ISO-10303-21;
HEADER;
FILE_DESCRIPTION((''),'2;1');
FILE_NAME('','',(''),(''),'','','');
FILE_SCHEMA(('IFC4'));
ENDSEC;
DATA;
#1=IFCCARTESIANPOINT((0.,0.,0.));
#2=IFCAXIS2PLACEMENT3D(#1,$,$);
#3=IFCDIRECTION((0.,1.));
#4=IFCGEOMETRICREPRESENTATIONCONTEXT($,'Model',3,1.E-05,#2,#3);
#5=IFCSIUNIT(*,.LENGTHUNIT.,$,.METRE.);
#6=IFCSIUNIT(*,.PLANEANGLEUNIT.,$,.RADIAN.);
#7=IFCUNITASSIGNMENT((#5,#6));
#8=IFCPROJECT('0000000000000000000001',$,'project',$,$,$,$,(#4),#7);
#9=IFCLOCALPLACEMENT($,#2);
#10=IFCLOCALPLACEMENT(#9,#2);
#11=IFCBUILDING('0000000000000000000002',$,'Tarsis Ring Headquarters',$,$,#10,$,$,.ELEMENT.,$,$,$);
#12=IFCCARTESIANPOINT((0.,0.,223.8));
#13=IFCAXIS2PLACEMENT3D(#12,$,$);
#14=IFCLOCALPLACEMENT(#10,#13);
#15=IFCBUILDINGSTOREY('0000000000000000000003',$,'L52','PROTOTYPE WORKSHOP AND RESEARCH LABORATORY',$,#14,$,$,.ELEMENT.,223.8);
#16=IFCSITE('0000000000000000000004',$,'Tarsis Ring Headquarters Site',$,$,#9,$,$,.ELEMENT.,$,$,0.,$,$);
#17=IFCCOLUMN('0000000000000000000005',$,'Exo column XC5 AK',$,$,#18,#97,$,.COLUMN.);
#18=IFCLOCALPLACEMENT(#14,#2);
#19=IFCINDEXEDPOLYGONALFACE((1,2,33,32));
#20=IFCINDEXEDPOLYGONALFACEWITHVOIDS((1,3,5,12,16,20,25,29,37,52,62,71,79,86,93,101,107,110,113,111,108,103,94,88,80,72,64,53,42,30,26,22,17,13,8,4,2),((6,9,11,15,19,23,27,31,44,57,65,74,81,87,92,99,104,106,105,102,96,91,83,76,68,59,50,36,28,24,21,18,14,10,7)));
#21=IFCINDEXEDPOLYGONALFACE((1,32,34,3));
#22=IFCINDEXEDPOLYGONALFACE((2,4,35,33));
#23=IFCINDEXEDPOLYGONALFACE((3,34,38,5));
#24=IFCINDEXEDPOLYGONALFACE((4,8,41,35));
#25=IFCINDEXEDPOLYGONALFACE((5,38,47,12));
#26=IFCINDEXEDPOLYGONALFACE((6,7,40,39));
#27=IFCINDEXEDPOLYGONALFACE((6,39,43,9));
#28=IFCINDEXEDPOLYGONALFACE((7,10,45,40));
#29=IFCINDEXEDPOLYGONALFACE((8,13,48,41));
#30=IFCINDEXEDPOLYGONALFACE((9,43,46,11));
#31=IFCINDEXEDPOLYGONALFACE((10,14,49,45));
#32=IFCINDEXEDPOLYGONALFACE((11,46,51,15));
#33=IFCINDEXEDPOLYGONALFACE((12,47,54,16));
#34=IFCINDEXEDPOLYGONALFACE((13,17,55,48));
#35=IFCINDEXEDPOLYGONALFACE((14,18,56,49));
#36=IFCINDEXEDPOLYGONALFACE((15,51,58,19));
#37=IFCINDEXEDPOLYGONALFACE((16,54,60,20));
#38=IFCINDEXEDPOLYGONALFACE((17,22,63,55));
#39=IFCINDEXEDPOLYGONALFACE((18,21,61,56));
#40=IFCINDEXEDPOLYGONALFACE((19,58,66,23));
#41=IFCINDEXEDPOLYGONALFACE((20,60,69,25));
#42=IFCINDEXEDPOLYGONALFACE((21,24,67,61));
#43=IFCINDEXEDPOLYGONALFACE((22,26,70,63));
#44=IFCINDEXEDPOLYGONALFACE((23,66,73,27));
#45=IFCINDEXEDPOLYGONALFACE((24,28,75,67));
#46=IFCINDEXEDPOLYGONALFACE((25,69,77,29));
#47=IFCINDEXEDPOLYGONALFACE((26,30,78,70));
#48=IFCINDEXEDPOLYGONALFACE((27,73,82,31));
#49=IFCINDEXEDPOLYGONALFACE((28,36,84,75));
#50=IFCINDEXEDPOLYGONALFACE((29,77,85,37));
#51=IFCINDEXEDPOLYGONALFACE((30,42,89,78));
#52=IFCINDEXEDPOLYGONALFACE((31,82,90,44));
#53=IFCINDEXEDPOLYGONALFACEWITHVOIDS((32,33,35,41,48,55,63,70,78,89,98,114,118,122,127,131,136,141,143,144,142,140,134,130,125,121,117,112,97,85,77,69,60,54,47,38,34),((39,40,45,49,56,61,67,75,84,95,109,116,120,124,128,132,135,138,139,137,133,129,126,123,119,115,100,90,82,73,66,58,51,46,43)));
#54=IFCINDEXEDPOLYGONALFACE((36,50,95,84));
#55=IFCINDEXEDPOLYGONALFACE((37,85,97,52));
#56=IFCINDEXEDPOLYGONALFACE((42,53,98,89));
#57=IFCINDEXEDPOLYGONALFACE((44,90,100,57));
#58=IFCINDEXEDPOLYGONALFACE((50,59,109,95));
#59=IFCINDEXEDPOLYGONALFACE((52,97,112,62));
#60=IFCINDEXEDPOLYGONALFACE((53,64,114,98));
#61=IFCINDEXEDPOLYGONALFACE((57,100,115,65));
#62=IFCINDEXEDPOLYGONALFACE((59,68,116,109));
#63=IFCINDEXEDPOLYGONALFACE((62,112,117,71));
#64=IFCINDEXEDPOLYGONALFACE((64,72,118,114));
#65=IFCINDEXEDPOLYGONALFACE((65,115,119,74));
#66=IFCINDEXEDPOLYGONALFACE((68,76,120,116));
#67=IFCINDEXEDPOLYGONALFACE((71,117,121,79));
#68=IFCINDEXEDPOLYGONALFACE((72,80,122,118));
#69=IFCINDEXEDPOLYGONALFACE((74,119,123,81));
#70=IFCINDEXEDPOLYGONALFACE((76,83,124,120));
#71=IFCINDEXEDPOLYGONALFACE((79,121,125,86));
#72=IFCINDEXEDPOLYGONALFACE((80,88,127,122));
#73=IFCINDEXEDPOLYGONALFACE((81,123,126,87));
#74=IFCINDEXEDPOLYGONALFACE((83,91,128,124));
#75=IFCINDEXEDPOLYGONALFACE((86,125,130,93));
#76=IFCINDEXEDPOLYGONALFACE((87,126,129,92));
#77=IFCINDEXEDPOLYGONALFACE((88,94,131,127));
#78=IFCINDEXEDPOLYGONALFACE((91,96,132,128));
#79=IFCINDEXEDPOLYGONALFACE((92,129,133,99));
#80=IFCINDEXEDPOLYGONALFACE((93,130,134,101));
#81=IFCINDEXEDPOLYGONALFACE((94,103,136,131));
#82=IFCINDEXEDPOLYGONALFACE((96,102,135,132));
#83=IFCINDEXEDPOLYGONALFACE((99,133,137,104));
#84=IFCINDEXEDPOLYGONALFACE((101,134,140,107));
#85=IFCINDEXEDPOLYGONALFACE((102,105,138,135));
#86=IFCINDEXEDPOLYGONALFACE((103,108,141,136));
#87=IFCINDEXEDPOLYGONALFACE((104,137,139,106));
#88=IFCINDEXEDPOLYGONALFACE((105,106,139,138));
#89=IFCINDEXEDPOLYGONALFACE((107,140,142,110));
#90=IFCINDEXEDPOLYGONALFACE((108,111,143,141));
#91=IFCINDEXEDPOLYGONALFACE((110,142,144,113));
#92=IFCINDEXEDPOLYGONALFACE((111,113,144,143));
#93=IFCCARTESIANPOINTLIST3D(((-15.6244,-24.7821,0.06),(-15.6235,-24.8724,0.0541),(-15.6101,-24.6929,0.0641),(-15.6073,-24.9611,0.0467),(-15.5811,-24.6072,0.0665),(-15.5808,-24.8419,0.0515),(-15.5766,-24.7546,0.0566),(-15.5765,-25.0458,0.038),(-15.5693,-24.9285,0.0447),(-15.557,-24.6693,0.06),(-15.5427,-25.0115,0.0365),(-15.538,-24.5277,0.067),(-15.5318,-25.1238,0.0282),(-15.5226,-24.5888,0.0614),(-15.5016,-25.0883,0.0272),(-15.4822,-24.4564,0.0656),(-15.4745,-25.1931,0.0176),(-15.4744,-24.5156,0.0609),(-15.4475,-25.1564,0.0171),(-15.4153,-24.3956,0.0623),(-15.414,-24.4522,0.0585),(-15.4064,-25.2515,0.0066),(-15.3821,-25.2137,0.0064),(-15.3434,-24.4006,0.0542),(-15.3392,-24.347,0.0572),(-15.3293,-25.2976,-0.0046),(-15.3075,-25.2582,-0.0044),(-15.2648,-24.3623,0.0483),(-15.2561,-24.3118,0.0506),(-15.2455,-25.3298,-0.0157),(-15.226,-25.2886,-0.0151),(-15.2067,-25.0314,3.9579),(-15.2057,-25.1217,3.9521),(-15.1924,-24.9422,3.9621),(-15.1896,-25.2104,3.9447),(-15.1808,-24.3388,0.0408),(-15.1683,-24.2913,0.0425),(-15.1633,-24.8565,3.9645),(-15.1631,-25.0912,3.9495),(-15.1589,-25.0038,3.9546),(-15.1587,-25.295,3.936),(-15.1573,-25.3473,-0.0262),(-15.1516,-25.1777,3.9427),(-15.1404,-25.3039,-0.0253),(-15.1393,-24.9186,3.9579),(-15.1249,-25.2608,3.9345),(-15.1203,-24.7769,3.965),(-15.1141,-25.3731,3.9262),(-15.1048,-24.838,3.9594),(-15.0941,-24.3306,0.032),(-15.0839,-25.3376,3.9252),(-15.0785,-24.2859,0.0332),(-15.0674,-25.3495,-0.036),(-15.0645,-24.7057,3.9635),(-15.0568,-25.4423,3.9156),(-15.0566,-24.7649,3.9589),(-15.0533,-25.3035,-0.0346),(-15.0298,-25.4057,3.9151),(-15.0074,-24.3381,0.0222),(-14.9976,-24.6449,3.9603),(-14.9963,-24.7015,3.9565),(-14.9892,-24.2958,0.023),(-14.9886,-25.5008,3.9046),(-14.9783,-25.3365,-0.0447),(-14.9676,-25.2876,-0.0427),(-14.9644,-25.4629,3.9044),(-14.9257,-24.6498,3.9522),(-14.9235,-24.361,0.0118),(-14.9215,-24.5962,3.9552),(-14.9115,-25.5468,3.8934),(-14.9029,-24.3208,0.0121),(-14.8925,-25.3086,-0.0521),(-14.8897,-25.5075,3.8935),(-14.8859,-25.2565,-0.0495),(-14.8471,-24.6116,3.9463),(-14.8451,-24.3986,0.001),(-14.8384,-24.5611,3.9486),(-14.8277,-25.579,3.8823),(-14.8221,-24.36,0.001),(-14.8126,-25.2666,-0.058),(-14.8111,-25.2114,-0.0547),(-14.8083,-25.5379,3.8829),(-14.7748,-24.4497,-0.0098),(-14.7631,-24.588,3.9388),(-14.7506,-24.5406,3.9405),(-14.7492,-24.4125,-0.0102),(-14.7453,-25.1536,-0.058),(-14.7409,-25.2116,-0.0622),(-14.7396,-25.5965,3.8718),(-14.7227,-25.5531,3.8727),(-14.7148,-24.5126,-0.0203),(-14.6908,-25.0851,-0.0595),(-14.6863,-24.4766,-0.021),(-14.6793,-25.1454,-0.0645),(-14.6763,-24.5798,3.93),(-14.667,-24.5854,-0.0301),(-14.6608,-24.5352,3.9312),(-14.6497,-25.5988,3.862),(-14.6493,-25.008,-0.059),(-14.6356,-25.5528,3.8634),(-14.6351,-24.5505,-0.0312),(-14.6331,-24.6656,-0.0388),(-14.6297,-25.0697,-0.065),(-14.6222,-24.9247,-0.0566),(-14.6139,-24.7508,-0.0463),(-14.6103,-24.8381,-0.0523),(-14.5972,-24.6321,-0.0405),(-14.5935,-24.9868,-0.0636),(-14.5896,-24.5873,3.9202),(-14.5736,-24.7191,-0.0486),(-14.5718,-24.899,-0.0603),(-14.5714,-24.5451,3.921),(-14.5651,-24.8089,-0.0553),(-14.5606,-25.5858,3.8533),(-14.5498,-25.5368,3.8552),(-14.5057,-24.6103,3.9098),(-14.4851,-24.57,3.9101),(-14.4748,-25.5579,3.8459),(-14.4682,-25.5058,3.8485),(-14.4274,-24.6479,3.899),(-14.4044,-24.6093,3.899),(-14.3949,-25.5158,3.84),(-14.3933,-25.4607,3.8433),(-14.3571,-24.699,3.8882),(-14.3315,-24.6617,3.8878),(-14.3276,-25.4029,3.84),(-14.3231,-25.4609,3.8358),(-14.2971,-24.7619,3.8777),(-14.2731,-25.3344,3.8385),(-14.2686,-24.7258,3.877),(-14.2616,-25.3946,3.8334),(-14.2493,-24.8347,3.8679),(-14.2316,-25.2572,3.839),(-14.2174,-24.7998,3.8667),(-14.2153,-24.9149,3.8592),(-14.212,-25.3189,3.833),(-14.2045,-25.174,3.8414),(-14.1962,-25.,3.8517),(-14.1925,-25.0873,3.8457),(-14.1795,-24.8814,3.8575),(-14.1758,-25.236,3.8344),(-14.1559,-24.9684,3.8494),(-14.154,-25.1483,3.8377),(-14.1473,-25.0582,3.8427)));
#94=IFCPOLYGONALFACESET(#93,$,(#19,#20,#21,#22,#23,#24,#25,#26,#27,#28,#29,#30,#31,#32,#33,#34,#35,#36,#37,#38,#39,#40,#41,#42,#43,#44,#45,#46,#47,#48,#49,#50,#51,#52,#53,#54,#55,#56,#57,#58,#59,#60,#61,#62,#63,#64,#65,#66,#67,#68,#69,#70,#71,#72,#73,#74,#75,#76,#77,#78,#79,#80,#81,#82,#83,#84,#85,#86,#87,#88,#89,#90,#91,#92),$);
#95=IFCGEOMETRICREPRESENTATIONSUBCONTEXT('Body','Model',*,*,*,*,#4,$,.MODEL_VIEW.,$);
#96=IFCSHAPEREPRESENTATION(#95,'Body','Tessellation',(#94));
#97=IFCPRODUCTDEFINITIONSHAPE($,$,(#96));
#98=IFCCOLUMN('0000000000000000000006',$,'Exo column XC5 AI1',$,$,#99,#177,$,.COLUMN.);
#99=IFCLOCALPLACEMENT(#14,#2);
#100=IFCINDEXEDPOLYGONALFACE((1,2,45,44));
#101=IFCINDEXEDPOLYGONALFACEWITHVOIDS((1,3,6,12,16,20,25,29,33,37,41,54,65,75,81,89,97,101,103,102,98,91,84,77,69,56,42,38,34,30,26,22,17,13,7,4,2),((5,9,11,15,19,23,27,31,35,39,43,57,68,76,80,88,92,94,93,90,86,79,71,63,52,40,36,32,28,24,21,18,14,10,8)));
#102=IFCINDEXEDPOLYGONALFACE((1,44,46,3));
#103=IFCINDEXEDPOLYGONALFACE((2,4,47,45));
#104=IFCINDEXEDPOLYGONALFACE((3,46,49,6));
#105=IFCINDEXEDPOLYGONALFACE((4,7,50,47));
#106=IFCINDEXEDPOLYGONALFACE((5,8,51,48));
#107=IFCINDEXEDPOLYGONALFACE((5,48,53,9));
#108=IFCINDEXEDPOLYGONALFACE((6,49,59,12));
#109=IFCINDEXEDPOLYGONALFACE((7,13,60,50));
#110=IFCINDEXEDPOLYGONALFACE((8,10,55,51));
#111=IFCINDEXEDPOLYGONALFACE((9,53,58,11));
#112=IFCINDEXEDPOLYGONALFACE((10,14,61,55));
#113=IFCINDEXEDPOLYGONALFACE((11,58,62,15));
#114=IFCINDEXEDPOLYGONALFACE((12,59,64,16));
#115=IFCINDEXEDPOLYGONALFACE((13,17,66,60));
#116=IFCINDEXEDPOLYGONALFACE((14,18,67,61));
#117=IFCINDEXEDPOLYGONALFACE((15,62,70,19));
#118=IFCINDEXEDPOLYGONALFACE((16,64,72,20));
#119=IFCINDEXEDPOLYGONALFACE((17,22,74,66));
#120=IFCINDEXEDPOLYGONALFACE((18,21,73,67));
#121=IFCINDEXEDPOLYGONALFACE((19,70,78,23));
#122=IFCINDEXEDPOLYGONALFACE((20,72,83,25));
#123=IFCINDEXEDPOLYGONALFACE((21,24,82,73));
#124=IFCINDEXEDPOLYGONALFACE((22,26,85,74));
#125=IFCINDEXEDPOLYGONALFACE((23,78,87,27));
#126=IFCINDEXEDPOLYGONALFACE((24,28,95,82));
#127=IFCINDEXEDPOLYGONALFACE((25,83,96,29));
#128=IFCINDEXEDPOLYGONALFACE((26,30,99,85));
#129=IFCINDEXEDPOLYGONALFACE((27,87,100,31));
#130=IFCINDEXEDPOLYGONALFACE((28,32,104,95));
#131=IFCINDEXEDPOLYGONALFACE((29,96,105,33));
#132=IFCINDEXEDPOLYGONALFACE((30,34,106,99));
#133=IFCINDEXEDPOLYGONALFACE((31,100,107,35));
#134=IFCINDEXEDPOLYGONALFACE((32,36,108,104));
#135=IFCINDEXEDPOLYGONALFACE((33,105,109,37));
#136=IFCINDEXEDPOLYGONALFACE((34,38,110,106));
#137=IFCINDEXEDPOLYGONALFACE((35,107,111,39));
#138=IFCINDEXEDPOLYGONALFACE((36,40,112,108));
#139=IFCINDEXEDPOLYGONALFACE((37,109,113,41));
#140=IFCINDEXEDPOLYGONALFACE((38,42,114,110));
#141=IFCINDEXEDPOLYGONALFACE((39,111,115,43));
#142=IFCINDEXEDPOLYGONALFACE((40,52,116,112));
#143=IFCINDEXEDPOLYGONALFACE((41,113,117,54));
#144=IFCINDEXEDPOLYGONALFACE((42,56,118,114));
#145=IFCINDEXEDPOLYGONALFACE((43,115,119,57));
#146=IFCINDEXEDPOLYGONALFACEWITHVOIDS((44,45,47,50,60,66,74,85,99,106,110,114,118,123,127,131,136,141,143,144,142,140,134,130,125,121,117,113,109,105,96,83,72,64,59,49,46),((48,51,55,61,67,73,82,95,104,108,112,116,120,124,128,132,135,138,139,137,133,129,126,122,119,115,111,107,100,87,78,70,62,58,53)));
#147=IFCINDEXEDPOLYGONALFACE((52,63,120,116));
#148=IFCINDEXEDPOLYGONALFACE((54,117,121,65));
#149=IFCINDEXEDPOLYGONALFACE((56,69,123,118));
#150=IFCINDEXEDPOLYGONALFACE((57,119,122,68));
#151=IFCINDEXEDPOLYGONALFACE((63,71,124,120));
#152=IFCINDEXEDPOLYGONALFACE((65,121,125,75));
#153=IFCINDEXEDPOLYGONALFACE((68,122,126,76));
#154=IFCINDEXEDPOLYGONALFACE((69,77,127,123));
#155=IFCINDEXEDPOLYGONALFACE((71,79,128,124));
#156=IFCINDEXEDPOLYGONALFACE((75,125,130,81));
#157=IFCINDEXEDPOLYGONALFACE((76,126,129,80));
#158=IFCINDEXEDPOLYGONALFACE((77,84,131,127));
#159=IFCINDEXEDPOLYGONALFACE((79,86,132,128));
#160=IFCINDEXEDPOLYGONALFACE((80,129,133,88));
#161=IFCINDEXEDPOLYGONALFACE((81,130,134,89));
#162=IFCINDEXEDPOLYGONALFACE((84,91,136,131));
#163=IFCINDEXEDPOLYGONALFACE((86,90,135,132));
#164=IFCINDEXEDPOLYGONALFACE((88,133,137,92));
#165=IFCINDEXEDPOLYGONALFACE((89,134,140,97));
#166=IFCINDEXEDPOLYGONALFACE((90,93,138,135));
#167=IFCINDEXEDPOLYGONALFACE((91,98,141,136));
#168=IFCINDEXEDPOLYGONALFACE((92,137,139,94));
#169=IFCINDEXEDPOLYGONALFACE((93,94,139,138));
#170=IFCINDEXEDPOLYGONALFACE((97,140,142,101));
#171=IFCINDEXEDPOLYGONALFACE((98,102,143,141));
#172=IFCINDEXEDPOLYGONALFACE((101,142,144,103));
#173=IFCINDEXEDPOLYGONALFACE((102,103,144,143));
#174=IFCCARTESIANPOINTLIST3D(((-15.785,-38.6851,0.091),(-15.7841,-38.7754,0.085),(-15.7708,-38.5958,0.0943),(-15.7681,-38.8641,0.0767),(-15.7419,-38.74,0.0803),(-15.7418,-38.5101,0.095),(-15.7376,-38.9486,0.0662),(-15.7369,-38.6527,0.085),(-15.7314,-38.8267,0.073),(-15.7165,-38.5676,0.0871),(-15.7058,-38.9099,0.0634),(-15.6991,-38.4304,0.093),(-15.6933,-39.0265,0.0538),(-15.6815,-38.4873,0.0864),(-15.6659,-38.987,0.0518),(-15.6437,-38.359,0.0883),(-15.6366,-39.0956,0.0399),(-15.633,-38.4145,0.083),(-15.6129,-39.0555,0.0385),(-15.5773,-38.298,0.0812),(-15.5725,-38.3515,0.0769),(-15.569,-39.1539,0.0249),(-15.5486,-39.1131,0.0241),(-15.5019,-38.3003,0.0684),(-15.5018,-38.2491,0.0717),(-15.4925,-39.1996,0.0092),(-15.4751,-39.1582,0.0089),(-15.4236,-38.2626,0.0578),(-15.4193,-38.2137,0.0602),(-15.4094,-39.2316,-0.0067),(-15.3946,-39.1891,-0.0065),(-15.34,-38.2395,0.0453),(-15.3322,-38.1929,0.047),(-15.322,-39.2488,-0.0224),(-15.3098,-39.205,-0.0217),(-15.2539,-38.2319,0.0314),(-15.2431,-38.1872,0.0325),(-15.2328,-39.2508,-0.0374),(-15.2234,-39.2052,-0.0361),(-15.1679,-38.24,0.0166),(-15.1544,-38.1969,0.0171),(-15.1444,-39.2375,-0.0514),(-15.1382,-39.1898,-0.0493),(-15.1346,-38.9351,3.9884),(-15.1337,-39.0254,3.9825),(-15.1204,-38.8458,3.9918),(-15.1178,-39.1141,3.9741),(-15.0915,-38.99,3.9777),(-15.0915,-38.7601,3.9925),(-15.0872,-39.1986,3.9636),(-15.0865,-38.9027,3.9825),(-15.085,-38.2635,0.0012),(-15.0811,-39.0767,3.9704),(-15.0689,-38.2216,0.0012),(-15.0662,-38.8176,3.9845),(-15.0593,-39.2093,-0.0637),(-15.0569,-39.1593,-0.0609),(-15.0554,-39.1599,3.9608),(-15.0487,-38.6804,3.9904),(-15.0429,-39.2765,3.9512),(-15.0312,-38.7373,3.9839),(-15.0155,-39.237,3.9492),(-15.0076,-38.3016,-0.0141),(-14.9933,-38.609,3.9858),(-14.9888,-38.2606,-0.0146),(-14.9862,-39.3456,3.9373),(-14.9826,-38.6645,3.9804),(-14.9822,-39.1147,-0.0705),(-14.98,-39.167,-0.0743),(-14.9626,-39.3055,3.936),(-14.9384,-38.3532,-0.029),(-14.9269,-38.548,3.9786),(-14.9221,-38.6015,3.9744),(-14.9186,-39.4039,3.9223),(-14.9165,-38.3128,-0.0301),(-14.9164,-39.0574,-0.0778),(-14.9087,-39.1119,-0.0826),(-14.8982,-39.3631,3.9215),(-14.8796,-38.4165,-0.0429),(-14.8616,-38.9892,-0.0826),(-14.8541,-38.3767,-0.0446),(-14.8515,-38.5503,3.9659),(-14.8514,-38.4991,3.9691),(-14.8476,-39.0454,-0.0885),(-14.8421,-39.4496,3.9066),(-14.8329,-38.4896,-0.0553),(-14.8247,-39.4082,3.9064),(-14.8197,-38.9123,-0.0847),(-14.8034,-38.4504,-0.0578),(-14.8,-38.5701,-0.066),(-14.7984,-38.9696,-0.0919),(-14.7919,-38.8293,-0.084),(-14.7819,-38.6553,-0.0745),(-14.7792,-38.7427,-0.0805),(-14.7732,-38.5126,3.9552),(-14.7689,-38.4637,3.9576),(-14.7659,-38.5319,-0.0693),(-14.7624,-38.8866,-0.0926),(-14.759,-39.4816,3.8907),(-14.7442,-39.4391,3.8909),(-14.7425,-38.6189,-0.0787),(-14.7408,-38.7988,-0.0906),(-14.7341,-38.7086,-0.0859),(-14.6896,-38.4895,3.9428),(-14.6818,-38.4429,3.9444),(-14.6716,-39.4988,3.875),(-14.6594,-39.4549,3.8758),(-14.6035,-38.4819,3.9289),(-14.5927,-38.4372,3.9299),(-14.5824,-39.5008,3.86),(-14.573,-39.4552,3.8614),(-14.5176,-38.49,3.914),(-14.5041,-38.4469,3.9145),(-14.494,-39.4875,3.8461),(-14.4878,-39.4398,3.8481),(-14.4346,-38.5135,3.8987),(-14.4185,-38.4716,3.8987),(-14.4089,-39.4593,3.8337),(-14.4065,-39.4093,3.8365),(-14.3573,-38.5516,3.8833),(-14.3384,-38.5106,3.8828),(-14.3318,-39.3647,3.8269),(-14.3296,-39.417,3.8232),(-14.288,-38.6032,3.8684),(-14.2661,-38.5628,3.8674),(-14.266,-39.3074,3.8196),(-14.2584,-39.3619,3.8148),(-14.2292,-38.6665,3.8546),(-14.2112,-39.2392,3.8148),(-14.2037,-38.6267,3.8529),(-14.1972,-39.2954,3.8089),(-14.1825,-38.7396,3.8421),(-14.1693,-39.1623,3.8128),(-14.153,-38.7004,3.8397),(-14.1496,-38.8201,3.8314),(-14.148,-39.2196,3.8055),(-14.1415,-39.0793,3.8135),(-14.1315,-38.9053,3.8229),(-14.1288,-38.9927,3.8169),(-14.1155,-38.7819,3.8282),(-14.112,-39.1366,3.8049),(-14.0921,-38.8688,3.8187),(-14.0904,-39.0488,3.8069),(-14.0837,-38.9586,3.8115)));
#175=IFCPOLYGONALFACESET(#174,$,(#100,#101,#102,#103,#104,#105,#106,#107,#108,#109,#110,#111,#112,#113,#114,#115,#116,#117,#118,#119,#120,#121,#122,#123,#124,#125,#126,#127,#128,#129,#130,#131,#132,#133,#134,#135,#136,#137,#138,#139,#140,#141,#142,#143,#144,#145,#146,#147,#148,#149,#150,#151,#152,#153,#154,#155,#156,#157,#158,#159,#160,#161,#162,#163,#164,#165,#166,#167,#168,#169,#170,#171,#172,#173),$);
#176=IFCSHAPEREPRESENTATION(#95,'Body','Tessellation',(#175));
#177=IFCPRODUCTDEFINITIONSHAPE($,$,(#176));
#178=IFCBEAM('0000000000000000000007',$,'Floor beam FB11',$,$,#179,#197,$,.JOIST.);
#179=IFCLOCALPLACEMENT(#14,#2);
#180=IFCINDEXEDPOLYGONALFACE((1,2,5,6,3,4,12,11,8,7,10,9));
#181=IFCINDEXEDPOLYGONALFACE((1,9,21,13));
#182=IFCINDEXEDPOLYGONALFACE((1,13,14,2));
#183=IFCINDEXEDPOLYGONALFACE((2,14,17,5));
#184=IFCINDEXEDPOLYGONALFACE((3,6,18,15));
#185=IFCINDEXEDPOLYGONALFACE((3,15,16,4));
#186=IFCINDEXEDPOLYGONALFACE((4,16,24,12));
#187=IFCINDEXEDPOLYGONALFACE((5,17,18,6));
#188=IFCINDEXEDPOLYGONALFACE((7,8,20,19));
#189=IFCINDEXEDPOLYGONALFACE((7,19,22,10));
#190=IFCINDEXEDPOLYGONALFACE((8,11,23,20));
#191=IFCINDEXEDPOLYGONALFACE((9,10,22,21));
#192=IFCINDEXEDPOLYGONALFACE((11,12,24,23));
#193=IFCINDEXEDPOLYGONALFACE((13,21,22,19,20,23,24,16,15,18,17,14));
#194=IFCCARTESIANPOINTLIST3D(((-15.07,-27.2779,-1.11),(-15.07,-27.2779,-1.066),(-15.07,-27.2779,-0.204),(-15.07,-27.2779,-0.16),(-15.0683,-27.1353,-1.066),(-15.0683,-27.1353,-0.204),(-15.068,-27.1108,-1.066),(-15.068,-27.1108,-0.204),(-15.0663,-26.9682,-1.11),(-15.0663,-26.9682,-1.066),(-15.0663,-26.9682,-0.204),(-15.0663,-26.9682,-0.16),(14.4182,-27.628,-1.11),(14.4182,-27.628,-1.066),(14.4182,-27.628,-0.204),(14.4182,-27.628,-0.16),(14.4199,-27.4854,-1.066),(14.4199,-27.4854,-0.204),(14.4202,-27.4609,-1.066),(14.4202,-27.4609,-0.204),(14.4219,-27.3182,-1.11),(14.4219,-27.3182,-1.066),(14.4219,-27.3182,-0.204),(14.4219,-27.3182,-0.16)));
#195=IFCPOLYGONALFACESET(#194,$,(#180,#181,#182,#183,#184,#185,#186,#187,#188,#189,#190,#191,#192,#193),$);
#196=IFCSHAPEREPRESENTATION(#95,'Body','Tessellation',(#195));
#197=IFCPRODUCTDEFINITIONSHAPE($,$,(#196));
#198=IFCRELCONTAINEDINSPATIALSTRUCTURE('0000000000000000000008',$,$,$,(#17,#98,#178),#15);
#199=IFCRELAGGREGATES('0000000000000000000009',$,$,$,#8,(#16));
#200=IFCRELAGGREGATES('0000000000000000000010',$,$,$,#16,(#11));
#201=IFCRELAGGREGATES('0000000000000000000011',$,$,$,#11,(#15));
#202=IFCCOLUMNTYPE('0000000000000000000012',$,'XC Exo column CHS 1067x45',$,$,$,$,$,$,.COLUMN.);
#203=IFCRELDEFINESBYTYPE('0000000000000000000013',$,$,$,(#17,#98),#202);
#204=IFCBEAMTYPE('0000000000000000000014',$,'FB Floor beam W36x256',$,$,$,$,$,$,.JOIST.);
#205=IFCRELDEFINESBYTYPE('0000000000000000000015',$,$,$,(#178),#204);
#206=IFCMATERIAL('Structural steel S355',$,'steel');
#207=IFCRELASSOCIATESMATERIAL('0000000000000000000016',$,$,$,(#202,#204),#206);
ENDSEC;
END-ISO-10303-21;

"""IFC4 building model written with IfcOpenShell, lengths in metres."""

from ifc_helpers import new_model, si_unit, direction, frame, origin, origin_2d, place, context, subcontext, project, spatial, hollow_circle, i_section, extrude, material, material_profile, profile_set, type_object, element, save


model = new_model("IFC4")

# Units and contexts
model_context = context("Model", 3, precision=1e-05, world=origin(), true_north=direction((0.0, 1.0)))
body_context = subcontext(model_context, "Body", "Model", "MODEL_VIEW")
ifc_project = project(units=[si_unit("LENGTHUNIT", "METRE"), si_unit("PLANEANGLEUNIT", "RADIAN")], contexts=[model_context])

# Site, building, storey
site_placement = place(None, origin())
site = spatial("IfcSite", under=ifc_project, at=site_placement, Name="Tarsis Ring Headquarters Site", CompositionType="ELEMENT", RefElevation=0.0)
building_placement = place(site_placement, origin())
building = spatial("IfcBuilding", under=site, at=building_placement, Name="Tarsis Ring Headquarters", CompositionType="ELEMENT")
storey_placement = place(building_placement, frame((0.0, 0.0, 223.8)))
storey = spatial("IfcBuildingStorey", under=building, at=storey_placement, Name="L52", Description="PROTOTYPE WORKSHOP AND RESEARCH LABORATORY", CompositionType="ELEMENT", Elevation=223.8)

# Columns
ifc_material_1 = material(Name="Structural steel S355", Category="steel")
ifc_material_profile_1 = material_profile(ifc_material_1, hollow_circle(Radius=0.5334, WallThickness=0.0449, at=origin_2d()), Name="CHS 1067x45")
ifc_profile_set_1 = profile_set([ifc_material_profile_1], Name="Structural steel S355")
column_type = type_object("IfcColumnType", Name="XC Exo column CHS 1067x45", PredefinedType="COLUMN", material=ifc_profile_set_1)
column_1_placement = place(storey_placement, frame((-15.0955, -24.8181, 0.001), z_axis=(0.10634, -0.063456, 0.992303), x_axis=(0.512428, 0.85873, 0.0)))
element("IfcColumn", 1, at=column_1_placement, inside=storey, type_object=column_type, Name="Exo column XC5 AK", PredefinedType="COLUMN", context=body_context, shape_type="SweptSolid", body=[
    extrude(hollow_circle(Radius=0.5334, WallThickness=0.0449, at=origin_2d()), origin(), (0.0, 0.0, 1.0), 3.9282),
])
column_2_placement = place(storey_placement, frame((-15.2603, -38.7195, 0.0012), z_axis=(0.164271, -0.063143, 0.984392), x_axis=(0.358791, 0.933418, 0.0)))
element("IfcColumn", 2, at=column_2_placement, inside=storey, type_object=column_type, Name="Exo column XC5 AI1", PredefinedType="COLUMN", context=body_context, shape_type="SweptSolid", body=[
    extrude(hollow_circle(Radius=0.5334, WallThickness=0.0449, at=origin_2d()), origin(), (0.0, 0.0, 1.0), 3.9592),
])

# Beam
ifc_material_profile_2 = material_profile(ifc_material_1, i_section(OverallWidth=0.3098, OverallDepth=0.95, WebThickness=0.0244, FlangeThickness=0.0439, at=origin_2d()), Name="W36x256")
ifc_profile_set_2 = profile_set([ifc_material_profile_2], Name="Structural steel S355")
beam_type_1 = type_object("IfcBeamType", Name="FB Floor beam W36x256", PredefinedType="JOIST", material=ifc_profile_set_2)
for number, where, z_axis, x_axis, name in (
    (3, (-15.0681, -27.123, -0.635), (0.99993, -0.011872, 0.0), (0.011872, 0.99993, 0.0), "Floor beam FB11"),
):
    element("IfcBeam", number, at=place(storey_placement, frame(where, z_axis=z_axis, x_axis=x_axis)), inside=storey, type_object=beam_type_1, Name=name, PredefinedType="JOIST", context=body_context, shape_type="SweptSolid", body=[
        extrude(i_section(OverallWidth=0.3098, OverallDepth=0.95, WebThickness=0.0244, FlangeThickness=0.0439, at=origin_2d()), origin(), (0.0, 0.0, 1.0), 29.4902),
    ])

save(model, "model.ifc")
